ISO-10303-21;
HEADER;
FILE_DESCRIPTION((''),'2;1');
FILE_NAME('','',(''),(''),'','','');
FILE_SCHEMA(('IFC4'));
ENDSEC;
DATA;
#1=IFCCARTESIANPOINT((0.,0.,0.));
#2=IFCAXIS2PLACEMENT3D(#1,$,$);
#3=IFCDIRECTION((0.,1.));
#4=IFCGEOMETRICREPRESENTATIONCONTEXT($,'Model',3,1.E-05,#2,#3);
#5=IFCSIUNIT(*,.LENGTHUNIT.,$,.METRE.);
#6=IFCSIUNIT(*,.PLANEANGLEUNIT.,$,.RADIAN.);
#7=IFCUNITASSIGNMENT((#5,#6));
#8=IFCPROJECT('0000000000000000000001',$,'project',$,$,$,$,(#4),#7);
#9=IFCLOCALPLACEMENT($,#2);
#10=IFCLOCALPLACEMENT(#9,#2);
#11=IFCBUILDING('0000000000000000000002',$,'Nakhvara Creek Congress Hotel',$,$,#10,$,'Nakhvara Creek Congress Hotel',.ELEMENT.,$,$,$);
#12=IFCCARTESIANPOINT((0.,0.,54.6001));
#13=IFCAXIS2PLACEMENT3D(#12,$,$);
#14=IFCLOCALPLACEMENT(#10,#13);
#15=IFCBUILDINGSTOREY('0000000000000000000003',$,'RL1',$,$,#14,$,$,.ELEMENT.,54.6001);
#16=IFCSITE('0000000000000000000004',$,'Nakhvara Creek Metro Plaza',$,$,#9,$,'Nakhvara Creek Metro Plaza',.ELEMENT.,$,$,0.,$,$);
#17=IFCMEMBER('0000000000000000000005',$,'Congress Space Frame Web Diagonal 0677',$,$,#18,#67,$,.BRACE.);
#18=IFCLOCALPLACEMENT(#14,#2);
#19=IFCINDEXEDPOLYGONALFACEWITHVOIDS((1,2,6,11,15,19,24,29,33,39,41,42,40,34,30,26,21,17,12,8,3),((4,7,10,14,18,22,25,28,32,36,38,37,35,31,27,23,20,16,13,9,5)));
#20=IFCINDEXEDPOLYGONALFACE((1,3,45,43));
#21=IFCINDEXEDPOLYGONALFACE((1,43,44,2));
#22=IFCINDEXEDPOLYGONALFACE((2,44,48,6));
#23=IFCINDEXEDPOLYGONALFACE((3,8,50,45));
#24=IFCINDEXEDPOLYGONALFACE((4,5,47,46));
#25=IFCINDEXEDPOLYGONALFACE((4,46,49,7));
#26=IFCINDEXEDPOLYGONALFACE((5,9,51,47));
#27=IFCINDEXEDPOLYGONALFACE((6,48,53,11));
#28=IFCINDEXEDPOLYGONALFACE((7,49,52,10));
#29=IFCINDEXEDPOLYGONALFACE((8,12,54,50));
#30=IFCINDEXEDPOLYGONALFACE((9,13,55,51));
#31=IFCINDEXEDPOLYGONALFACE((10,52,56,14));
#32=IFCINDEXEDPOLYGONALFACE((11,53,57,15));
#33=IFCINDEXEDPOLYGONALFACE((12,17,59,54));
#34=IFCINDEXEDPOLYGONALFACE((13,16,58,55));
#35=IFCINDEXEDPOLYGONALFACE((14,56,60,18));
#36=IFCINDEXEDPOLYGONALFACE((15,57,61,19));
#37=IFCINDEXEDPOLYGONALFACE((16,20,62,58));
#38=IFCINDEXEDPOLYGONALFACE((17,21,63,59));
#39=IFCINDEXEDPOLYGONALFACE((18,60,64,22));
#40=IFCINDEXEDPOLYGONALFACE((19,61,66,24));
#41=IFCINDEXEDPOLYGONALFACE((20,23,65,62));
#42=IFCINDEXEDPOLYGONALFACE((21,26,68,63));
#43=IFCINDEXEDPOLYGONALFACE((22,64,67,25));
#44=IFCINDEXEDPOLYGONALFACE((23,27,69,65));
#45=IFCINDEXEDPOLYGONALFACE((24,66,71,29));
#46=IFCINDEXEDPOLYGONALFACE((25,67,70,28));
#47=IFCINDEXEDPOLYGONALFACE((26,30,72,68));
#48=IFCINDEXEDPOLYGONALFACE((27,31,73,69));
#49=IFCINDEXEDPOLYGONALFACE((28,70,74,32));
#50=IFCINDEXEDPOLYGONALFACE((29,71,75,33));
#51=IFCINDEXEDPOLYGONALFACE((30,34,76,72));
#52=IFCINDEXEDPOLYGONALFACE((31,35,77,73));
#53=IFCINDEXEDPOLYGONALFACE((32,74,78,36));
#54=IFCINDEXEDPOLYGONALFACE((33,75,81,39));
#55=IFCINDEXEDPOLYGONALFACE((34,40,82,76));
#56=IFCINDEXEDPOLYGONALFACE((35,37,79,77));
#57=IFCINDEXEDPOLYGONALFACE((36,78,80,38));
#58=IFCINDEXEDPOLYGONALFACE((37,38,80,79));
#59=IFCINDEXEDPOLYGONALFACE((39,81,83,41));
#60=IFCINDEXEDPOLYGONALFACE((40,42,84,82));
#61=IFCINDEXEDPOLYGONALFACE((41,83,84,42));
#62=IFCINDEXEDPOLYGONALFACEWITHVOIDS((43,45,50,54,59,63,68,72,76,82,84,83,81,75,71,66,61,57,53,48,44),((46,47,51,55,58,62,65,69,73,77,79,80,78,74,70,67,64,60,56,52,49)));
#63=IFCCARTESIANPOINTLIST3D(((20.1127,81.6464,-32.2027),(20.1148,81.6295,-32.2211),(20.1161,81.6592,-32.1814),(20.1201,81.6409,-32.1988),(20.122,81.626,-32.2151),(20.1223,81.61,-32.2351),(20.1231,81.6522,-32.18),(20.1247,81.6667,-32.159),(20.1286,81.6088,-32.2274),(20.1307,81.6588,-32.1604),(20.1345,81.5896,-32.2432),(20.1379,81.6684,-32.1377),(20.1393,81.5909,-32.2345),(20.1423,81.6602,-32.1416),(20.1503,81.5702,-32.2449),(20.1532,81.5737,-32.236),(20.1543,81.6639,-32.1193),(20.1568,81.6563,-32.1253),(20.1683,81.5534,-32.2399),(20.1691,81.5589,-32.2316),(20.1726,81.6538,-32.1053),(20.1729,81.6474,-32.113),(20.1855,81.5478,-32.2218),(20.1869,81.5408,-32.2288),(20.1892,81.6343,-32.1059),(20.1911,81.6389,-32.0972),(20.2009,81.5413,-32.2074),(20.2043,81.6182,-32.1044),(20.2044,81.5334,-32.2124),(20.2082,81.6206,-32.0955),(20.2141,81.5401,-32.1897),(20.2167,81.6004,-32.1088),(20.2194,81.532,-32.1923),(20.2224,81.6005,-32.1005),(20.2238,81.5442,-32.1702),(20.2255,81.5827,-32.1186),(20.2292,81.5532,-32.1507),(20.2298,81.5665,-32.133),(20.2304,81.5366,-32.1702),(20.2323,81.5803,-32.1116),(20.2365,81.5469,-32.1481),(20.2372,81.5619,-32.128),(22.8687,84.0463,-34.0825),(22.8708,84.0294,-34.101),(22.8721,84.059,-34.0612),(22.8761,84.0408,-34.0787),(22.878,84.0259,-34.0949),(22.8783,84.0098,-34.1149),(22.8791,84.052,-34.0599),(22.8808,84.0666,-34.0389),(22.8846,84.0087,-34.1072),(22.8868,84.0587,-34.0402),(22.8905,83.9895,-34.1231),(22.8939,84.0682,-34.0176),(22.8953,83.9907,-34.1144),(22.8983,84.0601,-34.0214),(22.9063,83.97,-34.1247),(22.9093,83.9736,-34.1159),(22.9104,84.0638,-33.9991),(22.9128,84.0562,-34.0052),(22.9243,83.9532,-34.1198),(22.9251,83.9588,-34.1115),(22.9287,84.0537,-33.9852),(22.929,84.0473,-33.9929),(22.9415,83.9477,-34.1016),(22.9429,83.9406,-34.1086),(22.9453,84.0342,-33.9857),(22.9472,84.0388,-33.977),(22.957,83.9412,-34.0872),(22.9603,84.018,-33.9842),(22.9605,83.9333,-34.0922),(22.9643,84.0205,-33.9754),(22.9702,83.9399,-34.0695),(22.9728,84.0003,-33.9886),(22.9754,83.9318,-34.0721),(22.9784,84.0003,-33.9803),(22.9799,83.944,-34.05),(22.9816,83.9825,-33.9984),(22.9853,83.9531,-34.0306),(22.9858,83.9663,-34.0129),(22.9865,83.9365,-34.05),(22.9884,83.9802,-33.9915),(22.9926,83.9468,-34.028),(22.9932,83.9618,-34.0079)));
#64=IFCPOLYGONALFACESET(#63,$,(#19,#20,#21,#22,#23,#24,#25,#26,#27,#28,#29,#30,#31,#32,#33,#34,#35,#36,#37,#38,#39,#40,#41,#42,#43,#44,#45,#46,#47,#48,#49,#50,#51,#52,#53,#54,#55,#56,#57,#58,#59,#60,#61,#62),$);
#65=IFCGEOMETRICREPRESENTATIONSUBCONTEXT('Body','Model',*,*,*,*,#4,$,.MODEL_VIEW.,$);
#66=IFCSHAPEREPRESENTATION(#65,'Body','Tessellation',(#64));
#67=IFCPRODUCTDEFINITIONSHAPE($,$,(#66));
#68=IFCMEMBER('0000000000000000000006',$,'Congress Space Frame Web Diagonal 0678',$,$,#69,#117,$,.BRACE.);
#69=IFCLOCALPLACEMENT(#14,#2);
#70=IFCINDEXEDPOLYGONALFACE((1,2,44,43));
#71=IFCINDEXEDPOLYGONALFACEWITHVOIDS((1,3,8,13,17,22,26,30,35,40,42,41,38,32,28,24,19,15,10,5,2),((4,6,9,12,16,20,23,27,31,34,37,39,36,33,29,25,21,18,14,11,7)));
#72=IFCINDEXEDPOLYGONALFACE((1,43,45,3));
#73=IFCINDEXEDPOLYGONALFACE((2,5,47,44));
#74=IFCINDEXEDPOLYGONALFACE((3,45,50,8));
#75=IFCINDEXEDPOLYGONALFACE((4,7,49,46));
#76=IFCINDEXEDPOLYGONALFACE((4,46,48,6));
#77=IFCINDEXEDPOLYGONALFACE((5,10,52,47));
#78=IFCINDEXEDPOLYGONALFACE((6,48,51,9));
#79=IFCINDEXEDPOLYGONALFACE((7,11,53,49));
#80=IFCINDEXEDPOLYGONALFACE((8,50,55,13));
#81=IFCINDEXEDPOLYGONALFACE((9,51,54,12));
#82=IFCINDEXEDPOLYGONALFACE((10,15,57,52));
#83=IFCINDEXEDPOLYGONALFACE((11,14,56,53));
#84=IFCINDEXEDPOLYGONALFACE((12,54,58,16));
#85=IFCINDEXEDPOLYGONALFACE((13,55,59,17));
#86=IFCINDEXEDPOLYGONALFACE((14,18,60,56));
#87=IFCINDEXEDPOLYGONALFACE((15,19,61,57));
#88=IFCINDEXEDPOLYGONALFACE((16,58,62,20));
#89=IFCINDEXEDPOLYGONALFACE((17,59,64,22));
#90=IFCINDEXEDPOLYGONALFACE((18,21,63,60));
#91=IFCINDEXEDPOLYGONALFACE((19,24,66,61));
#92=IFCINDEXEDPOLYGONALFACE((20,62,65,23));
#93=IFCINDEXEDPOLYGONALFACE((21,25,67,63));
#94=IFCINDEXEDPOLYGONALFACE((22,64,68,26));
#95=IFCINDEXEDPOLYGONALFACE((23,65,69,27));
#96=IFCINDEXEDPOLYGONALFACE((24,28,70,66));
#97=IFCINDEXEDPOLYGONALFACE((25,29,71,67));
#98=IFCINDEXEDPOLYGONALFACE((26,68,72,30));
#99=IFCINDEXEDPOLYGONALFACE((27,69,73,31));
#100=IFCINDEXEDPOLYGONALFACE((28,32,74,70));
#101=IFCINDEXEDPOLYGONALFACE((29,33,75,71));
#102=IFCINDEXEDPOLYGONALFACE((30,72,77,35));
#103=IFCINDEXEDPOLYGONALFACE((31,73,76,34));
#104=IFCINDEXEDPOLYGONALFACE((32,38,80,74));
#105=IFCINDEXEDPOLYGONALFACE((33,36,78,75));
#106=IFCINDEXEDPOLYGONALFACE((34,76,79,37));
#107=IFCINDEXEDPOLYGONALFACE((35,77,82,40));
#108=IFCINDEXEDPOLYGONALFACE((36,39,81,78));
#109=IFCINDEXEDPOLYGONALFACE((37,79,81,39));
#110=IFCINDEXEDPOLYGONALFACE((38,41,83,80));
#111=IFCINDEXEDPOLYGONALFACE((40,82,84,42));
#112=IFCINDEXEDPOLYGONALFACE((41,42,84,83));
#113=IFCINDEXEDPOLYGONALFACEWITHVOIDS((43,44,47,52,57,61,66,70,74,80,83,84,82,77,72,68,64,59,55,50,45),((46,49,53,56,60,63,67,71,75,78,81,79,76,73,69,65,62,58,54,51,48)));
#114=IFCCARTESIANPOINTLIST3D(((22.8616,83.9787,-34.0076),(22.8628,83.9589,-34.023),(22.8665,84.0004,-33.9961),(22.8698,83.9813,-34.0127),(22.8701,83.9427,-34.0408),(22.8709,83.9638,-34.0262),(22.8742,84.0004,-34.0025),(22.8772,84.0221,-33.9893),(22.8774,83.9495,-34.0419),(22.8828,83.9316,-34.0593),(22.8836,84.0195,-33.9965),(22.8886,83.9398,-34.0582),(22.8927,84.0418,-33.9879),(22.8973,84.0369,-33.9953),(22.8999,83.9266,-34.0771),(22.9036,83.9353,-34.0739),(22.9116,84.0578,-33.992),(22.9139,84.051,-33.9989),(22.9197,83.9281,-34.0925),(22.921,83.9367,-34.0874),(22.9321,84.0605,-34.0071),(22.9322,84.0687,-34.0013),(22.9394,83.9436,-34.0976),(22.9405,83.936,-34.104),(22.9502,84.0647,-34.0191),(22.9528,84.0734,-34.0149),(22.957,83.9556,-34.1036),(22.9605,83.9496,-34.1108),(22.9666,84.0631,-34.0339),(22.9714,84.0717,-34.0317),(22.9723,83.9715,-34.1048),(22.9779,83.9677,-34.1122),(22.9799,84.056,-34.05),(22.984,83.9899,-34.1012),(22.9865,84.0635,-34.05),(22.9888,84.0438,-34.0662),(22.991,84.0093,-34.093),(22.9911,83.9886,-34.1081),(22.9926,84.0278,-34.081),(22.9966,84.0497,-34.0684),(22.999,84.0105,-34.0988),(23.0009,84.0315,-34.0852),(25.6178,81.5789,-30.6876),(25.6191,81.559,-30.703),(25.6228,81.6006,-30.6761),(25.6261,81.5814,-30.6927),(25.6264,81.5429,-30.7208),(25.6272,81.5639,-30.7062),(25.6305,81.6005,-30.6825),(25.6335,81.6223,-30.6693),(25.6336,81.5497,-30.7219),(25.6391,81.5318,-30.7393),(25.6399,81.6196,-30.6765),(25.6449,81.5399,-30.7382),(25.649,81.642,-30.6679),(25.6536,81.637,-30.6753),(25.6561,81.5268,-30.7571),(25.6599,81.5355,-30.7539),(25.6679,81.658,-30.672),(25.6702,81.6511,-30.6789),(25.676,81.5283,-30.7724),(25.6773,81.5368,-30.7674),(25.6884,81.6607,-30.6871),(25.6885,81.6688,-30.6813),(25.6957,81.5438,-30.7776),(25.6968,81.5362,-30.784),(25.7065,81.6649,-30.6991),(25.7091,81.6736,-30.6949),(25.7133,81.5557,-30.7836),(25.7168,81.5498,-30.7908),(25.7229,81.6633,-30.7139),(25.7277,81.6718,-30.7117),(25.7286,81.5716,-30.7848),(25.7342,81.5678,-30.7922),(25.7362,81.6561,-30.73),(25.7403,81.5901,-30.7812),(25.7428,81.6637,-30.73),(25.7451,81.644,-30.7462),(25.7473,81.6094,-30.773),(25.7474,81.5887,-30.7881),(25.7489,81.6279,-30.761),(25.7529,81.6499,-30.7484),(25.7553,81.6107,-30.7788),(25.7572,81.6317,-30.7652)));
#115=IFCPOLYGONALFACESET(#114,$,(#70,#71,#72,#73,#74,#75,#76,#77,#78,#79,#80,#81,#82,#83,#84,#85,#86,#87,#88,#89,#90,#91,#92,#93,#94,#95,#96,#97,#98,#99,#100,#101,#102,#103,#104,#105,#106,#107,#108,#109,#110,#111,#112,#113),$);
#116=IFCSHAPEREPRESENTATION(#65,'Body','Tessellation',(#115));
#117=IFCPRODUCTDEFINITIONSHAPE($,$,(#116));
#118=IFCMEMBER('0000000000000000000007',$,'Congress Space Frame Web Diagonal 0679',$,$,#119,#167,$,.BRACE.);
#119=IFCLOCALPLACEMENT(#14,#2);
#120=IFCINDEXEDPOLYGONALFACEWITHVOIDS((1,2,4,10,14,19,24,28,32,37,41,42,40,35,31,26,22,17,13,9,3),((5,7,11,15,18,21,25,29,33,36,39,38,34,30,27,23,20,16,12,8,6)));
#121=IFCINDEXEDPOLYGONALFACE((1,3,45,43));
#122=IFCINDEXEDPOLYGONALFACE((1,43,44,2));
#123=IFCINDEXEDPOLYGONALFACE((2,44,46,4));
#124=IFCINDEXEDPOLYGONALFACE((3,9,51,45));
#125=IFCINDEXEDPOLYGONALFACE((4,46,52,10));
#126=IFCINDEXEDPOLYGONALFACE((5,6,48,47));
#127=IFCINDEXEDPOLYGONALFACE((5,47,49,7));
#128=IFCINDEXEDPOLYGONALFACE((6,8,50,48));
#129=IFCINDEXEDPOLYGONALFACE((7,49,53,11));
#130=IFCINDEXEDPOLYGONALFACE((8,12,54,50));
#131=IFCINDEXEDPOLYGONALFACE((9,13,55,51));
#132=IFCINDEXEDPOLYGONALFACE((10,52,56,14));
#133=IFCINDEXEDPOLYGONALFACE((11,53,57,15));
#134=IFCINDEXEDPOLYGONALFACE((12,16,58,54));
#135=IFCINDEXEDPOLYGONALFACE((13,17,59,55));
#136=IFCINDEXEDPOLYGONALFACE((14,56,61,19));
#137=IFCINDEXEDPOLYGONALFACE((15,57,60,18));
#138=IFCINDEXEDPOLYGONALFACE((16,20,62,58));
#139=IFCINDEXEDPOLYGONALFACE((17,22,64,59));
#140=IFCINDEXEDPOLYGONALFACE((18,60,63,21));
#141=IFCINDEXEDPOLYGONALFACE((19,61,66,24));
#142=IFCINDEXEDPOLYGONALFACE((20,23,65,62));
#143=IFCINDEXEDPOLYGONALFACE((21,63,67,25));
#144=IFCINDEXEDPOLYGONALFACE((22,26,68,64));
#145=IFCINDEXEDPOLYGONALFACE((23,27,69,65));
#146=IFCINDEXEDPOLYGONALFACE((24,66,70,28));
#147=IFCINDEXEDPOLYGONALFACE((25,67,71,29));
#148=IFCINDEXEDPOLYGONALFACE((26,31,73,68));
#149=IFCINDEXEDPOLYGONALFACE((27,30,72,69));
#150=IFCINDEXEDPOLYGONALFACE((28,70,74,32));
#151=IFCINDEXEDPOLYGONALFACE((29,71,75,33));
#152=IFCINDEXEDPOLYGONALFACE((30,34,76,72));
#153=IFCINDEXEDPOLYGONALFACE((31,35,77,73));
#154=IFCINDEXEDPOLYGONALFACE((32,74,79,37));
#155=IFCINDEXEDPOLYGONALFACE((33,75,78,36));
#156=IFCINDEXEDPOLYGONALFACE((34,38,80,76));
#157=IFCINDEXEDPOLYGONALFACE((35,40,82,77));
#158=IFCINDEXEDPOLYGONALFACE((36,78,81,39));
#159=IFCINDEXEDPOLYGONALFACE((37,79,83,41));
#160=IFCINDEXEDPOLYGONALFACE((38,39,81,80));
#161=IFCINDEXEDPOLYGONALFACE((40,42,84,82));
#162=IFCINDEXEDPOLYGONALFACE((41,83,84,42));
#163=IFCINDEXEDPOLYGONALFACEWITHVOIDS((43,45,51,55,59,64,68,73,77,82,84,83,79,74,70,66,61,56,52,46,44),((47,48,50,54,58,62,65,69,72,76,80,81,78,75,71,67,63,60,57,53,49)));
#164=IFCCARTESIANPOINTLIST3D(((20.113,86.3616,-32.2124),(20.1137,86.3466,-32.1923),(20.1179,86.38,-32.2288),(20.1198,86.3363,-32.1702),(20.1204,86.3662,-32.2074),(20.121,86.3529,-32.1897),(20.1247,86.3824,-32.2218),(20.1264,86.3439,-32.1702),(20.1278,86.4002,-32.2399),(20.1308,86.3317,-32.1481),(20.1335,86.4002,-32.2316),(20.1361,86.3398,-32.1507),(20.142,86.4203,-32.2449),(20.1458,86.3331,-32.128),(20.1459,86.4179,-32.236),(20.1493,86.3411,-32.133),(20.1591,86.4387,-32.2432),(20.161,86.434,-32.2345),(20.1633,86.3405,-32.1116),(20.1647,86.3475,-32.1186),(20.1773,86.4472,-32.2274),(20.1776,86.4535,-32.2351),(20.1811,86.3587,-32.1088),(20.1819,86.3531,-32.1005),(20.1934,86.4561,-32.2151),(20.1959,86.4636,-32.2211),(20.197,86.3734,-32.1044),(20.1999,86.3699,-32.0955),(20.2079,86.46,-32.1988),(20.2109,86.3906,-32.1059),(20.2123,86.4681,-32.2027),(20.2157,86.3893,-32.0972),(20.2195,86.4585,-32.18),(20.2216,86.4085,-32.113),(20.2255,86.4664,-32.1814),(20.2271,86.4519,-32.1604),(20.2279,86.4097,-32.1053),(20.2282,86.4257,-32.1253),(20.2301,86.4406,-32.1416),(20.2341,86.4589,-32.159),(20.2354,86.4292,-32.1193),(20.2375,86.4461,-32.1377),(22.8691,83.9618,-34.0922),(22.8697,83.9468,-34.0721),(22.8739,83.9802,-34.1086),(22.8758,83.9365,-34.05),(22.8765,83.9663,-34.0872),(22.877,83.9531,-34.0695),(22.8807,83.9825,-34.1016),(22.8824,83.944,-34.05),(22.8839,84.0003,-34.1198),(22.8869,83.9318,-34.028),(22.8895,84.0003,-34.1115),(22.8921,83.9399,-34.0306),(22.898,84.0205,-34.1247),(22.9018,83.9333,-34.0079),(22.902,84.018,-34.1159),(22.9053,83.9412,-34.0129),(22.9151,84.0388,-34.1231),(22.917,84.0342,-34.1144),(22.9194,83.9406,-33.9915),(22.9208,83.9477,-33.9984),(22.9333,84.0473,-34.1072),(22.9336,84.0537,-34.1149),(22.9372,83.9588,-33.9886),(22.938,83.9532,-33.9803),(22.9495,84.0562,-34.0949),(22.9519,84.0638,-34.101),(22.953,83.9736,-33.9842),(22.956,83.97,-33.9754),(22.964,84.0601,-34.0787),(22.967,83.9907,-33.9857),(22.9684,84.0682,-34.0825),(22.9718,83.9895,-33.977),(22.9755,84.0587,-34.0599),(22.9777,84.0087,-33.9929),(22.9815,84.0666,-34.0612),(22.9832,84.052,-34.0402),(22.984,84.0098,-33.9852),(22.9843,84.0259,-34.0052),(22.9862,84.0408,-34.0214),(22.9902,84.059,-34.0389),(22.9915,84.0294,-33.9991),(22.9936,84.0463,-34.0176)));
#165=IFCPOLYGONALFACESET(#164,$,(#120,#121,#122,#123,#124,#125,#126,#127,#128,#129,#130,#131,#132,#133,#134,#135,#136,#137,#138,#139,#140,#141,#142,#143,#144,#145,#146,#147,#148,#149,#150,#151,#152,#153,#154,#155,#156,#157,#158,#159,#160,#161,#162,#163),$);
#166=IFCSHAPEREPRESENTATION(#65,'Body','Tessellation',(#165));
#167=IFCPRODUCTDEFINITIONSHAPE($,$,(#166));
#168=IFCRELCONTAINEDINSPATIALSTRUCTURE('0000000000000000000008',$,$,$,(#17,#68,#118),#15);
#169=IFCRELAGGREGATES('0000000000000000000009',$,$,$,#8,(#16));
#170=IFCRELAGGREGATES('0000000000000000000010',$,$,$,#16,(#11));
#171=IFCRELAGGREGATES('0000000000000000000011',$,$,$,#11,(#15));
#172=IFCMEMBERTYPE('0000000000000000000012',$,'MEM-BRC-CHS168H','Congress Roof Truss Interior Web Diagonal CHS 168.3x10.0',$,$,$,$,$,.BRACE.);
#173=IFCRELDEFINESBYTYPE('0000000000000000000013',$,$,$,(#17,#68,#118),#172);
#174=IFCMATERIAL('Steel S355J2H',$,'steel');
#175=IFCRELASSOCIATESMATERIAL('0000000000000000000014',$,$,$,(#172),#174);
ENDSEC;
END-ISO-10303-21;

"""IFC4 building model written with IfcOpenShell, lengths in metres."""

from ifc_helpers import new_model, si_unit, direction, frame, origin, origin_2d, place, context, subcontext, project, spatial, hollow_circle, extrude, material, material_profile, profile_set, type_object, element, save


model = new_model("IFC4")

# Units and contexts
model_context = context("Model", 3, precision=1e-05, world=origin(), true_north=direction((0.0, 1.0)))
body_context = subcontext(model_context, "Body", "Model", "MODEL_VIEW")
ifc_project = project(units=[si_unit("LENGTHUNIT", "METRE"), si_unit("PLANEANGLEUNIT", "RADIAN")], contexts=[model_context])

# Site, building, storey
site_placement = place(None, origin())
site = spatial("IfcSite", under=ifc_project, at=site_placement, Name="Nakhvara Creek Metro Plaza", LongName="Nakhvara Creek Metro Plaza", CompositionType="ELEMENT", RefElevation=0.0)
building_placement = place(site_placement, origin())
building = spatial("IfcBuilding", under=site, at=building_placement, Name="Nakhvara Creek Congress Hotel", LongName="Nakhvara Creek Congress Hotel", CompositionType="ELEMENT")
storey_placement = place(building_placement, frame((0.0, 0.0, 54.6001)))
storey = spatial("IfcBuildingStorey", under=building, at=storey_placement, Name="RL1", CompositionType="ELEMENT", Elevation=54.6001)

# Members
ifc_material_1 = material(Name="Steel S355J2H", Category="steel")
ifc_material_profile_1 = material_profile(ifc_material_1, hollow_circle(Radius=0.0842, WallThickness=0.01, at=origin_2d()), Name="CHS 168.3x10.0", Category="LoadBearing")
ifc_profile_set_1 = profile_set([ifc_material_profile_1], Name="Steel S355J2H")
member_type_1 = type_object("IfcMemberType", Name="MEM-BRC-CHS168H", Description="Congress Roof Truss Interior Web Diagonal CHS 168.3x10.0", PredefinedType="BRACE", material=ifc_profile_set_1)
member_1_placement = place(storey_placement, frame((22.9312, 84.0, -34.05), z_axis=(-0.670634, -0.583961, 0.457426), x_axis=(0.656691, -0.75416, 0.0)))
element("IfcMember", 1, at=member_1_placement, inside=storey, type_object=member_type_1, Name="Congress Space Frame Web Diagonal 0677", PredefinedType="BRACE", context=body_context, shape_type="SweptSolid", body=[
    extrude(hollow_circle(Radius=0.0842, WallThickness=0.01, at=origin_2d()), origin(), (0.0, 0.0, 1.0), 4.1096),
])
member_2_placement = place(storey_placement, frame((22.9312, 84.0, -34.05), z_axis=(0.558237, -0.486047, 0.672406), x_axis=(0.656658, 0.754188, 0.0)))
element("IfcMember", 2, at=member_2_placement, inside=storey, type_object=member_type_1, Name="Congress Space Frame Web Diagonal 0678", PredefinedType="BRACE", context=body_context, shape_type="SweptSolid", body=[
    extrude(hollow_circle(Radius=0.0842, WallThickness=0.01, at=origin_2d()), origin(), (0.0, 0.0, 1.0), 4.9375),
])
member_3_placement = place(storey_placement, frame((22.9312, 84.0, -34.05), z_axis=(-0.670634, 0.583961, 0.457426), x_axis=(-0.656691, -0.75416, 0.0)))
element("IfcMember", 3, at=member_3_placement, inside=storey, type_object=member_type_1, Name="Congress Space Frame Web Diagonal 0679", PredefinedType="BRACE", context=body_context, shape_type="SweptSolid", body=[
    extrude(hollow_circle(Radius=0.0842, WallThickness=0.01, at=origin_2d()), origin(), (0.0, 0.0, 1.0), 4.1096),
])

save(model, "model.ifc")
